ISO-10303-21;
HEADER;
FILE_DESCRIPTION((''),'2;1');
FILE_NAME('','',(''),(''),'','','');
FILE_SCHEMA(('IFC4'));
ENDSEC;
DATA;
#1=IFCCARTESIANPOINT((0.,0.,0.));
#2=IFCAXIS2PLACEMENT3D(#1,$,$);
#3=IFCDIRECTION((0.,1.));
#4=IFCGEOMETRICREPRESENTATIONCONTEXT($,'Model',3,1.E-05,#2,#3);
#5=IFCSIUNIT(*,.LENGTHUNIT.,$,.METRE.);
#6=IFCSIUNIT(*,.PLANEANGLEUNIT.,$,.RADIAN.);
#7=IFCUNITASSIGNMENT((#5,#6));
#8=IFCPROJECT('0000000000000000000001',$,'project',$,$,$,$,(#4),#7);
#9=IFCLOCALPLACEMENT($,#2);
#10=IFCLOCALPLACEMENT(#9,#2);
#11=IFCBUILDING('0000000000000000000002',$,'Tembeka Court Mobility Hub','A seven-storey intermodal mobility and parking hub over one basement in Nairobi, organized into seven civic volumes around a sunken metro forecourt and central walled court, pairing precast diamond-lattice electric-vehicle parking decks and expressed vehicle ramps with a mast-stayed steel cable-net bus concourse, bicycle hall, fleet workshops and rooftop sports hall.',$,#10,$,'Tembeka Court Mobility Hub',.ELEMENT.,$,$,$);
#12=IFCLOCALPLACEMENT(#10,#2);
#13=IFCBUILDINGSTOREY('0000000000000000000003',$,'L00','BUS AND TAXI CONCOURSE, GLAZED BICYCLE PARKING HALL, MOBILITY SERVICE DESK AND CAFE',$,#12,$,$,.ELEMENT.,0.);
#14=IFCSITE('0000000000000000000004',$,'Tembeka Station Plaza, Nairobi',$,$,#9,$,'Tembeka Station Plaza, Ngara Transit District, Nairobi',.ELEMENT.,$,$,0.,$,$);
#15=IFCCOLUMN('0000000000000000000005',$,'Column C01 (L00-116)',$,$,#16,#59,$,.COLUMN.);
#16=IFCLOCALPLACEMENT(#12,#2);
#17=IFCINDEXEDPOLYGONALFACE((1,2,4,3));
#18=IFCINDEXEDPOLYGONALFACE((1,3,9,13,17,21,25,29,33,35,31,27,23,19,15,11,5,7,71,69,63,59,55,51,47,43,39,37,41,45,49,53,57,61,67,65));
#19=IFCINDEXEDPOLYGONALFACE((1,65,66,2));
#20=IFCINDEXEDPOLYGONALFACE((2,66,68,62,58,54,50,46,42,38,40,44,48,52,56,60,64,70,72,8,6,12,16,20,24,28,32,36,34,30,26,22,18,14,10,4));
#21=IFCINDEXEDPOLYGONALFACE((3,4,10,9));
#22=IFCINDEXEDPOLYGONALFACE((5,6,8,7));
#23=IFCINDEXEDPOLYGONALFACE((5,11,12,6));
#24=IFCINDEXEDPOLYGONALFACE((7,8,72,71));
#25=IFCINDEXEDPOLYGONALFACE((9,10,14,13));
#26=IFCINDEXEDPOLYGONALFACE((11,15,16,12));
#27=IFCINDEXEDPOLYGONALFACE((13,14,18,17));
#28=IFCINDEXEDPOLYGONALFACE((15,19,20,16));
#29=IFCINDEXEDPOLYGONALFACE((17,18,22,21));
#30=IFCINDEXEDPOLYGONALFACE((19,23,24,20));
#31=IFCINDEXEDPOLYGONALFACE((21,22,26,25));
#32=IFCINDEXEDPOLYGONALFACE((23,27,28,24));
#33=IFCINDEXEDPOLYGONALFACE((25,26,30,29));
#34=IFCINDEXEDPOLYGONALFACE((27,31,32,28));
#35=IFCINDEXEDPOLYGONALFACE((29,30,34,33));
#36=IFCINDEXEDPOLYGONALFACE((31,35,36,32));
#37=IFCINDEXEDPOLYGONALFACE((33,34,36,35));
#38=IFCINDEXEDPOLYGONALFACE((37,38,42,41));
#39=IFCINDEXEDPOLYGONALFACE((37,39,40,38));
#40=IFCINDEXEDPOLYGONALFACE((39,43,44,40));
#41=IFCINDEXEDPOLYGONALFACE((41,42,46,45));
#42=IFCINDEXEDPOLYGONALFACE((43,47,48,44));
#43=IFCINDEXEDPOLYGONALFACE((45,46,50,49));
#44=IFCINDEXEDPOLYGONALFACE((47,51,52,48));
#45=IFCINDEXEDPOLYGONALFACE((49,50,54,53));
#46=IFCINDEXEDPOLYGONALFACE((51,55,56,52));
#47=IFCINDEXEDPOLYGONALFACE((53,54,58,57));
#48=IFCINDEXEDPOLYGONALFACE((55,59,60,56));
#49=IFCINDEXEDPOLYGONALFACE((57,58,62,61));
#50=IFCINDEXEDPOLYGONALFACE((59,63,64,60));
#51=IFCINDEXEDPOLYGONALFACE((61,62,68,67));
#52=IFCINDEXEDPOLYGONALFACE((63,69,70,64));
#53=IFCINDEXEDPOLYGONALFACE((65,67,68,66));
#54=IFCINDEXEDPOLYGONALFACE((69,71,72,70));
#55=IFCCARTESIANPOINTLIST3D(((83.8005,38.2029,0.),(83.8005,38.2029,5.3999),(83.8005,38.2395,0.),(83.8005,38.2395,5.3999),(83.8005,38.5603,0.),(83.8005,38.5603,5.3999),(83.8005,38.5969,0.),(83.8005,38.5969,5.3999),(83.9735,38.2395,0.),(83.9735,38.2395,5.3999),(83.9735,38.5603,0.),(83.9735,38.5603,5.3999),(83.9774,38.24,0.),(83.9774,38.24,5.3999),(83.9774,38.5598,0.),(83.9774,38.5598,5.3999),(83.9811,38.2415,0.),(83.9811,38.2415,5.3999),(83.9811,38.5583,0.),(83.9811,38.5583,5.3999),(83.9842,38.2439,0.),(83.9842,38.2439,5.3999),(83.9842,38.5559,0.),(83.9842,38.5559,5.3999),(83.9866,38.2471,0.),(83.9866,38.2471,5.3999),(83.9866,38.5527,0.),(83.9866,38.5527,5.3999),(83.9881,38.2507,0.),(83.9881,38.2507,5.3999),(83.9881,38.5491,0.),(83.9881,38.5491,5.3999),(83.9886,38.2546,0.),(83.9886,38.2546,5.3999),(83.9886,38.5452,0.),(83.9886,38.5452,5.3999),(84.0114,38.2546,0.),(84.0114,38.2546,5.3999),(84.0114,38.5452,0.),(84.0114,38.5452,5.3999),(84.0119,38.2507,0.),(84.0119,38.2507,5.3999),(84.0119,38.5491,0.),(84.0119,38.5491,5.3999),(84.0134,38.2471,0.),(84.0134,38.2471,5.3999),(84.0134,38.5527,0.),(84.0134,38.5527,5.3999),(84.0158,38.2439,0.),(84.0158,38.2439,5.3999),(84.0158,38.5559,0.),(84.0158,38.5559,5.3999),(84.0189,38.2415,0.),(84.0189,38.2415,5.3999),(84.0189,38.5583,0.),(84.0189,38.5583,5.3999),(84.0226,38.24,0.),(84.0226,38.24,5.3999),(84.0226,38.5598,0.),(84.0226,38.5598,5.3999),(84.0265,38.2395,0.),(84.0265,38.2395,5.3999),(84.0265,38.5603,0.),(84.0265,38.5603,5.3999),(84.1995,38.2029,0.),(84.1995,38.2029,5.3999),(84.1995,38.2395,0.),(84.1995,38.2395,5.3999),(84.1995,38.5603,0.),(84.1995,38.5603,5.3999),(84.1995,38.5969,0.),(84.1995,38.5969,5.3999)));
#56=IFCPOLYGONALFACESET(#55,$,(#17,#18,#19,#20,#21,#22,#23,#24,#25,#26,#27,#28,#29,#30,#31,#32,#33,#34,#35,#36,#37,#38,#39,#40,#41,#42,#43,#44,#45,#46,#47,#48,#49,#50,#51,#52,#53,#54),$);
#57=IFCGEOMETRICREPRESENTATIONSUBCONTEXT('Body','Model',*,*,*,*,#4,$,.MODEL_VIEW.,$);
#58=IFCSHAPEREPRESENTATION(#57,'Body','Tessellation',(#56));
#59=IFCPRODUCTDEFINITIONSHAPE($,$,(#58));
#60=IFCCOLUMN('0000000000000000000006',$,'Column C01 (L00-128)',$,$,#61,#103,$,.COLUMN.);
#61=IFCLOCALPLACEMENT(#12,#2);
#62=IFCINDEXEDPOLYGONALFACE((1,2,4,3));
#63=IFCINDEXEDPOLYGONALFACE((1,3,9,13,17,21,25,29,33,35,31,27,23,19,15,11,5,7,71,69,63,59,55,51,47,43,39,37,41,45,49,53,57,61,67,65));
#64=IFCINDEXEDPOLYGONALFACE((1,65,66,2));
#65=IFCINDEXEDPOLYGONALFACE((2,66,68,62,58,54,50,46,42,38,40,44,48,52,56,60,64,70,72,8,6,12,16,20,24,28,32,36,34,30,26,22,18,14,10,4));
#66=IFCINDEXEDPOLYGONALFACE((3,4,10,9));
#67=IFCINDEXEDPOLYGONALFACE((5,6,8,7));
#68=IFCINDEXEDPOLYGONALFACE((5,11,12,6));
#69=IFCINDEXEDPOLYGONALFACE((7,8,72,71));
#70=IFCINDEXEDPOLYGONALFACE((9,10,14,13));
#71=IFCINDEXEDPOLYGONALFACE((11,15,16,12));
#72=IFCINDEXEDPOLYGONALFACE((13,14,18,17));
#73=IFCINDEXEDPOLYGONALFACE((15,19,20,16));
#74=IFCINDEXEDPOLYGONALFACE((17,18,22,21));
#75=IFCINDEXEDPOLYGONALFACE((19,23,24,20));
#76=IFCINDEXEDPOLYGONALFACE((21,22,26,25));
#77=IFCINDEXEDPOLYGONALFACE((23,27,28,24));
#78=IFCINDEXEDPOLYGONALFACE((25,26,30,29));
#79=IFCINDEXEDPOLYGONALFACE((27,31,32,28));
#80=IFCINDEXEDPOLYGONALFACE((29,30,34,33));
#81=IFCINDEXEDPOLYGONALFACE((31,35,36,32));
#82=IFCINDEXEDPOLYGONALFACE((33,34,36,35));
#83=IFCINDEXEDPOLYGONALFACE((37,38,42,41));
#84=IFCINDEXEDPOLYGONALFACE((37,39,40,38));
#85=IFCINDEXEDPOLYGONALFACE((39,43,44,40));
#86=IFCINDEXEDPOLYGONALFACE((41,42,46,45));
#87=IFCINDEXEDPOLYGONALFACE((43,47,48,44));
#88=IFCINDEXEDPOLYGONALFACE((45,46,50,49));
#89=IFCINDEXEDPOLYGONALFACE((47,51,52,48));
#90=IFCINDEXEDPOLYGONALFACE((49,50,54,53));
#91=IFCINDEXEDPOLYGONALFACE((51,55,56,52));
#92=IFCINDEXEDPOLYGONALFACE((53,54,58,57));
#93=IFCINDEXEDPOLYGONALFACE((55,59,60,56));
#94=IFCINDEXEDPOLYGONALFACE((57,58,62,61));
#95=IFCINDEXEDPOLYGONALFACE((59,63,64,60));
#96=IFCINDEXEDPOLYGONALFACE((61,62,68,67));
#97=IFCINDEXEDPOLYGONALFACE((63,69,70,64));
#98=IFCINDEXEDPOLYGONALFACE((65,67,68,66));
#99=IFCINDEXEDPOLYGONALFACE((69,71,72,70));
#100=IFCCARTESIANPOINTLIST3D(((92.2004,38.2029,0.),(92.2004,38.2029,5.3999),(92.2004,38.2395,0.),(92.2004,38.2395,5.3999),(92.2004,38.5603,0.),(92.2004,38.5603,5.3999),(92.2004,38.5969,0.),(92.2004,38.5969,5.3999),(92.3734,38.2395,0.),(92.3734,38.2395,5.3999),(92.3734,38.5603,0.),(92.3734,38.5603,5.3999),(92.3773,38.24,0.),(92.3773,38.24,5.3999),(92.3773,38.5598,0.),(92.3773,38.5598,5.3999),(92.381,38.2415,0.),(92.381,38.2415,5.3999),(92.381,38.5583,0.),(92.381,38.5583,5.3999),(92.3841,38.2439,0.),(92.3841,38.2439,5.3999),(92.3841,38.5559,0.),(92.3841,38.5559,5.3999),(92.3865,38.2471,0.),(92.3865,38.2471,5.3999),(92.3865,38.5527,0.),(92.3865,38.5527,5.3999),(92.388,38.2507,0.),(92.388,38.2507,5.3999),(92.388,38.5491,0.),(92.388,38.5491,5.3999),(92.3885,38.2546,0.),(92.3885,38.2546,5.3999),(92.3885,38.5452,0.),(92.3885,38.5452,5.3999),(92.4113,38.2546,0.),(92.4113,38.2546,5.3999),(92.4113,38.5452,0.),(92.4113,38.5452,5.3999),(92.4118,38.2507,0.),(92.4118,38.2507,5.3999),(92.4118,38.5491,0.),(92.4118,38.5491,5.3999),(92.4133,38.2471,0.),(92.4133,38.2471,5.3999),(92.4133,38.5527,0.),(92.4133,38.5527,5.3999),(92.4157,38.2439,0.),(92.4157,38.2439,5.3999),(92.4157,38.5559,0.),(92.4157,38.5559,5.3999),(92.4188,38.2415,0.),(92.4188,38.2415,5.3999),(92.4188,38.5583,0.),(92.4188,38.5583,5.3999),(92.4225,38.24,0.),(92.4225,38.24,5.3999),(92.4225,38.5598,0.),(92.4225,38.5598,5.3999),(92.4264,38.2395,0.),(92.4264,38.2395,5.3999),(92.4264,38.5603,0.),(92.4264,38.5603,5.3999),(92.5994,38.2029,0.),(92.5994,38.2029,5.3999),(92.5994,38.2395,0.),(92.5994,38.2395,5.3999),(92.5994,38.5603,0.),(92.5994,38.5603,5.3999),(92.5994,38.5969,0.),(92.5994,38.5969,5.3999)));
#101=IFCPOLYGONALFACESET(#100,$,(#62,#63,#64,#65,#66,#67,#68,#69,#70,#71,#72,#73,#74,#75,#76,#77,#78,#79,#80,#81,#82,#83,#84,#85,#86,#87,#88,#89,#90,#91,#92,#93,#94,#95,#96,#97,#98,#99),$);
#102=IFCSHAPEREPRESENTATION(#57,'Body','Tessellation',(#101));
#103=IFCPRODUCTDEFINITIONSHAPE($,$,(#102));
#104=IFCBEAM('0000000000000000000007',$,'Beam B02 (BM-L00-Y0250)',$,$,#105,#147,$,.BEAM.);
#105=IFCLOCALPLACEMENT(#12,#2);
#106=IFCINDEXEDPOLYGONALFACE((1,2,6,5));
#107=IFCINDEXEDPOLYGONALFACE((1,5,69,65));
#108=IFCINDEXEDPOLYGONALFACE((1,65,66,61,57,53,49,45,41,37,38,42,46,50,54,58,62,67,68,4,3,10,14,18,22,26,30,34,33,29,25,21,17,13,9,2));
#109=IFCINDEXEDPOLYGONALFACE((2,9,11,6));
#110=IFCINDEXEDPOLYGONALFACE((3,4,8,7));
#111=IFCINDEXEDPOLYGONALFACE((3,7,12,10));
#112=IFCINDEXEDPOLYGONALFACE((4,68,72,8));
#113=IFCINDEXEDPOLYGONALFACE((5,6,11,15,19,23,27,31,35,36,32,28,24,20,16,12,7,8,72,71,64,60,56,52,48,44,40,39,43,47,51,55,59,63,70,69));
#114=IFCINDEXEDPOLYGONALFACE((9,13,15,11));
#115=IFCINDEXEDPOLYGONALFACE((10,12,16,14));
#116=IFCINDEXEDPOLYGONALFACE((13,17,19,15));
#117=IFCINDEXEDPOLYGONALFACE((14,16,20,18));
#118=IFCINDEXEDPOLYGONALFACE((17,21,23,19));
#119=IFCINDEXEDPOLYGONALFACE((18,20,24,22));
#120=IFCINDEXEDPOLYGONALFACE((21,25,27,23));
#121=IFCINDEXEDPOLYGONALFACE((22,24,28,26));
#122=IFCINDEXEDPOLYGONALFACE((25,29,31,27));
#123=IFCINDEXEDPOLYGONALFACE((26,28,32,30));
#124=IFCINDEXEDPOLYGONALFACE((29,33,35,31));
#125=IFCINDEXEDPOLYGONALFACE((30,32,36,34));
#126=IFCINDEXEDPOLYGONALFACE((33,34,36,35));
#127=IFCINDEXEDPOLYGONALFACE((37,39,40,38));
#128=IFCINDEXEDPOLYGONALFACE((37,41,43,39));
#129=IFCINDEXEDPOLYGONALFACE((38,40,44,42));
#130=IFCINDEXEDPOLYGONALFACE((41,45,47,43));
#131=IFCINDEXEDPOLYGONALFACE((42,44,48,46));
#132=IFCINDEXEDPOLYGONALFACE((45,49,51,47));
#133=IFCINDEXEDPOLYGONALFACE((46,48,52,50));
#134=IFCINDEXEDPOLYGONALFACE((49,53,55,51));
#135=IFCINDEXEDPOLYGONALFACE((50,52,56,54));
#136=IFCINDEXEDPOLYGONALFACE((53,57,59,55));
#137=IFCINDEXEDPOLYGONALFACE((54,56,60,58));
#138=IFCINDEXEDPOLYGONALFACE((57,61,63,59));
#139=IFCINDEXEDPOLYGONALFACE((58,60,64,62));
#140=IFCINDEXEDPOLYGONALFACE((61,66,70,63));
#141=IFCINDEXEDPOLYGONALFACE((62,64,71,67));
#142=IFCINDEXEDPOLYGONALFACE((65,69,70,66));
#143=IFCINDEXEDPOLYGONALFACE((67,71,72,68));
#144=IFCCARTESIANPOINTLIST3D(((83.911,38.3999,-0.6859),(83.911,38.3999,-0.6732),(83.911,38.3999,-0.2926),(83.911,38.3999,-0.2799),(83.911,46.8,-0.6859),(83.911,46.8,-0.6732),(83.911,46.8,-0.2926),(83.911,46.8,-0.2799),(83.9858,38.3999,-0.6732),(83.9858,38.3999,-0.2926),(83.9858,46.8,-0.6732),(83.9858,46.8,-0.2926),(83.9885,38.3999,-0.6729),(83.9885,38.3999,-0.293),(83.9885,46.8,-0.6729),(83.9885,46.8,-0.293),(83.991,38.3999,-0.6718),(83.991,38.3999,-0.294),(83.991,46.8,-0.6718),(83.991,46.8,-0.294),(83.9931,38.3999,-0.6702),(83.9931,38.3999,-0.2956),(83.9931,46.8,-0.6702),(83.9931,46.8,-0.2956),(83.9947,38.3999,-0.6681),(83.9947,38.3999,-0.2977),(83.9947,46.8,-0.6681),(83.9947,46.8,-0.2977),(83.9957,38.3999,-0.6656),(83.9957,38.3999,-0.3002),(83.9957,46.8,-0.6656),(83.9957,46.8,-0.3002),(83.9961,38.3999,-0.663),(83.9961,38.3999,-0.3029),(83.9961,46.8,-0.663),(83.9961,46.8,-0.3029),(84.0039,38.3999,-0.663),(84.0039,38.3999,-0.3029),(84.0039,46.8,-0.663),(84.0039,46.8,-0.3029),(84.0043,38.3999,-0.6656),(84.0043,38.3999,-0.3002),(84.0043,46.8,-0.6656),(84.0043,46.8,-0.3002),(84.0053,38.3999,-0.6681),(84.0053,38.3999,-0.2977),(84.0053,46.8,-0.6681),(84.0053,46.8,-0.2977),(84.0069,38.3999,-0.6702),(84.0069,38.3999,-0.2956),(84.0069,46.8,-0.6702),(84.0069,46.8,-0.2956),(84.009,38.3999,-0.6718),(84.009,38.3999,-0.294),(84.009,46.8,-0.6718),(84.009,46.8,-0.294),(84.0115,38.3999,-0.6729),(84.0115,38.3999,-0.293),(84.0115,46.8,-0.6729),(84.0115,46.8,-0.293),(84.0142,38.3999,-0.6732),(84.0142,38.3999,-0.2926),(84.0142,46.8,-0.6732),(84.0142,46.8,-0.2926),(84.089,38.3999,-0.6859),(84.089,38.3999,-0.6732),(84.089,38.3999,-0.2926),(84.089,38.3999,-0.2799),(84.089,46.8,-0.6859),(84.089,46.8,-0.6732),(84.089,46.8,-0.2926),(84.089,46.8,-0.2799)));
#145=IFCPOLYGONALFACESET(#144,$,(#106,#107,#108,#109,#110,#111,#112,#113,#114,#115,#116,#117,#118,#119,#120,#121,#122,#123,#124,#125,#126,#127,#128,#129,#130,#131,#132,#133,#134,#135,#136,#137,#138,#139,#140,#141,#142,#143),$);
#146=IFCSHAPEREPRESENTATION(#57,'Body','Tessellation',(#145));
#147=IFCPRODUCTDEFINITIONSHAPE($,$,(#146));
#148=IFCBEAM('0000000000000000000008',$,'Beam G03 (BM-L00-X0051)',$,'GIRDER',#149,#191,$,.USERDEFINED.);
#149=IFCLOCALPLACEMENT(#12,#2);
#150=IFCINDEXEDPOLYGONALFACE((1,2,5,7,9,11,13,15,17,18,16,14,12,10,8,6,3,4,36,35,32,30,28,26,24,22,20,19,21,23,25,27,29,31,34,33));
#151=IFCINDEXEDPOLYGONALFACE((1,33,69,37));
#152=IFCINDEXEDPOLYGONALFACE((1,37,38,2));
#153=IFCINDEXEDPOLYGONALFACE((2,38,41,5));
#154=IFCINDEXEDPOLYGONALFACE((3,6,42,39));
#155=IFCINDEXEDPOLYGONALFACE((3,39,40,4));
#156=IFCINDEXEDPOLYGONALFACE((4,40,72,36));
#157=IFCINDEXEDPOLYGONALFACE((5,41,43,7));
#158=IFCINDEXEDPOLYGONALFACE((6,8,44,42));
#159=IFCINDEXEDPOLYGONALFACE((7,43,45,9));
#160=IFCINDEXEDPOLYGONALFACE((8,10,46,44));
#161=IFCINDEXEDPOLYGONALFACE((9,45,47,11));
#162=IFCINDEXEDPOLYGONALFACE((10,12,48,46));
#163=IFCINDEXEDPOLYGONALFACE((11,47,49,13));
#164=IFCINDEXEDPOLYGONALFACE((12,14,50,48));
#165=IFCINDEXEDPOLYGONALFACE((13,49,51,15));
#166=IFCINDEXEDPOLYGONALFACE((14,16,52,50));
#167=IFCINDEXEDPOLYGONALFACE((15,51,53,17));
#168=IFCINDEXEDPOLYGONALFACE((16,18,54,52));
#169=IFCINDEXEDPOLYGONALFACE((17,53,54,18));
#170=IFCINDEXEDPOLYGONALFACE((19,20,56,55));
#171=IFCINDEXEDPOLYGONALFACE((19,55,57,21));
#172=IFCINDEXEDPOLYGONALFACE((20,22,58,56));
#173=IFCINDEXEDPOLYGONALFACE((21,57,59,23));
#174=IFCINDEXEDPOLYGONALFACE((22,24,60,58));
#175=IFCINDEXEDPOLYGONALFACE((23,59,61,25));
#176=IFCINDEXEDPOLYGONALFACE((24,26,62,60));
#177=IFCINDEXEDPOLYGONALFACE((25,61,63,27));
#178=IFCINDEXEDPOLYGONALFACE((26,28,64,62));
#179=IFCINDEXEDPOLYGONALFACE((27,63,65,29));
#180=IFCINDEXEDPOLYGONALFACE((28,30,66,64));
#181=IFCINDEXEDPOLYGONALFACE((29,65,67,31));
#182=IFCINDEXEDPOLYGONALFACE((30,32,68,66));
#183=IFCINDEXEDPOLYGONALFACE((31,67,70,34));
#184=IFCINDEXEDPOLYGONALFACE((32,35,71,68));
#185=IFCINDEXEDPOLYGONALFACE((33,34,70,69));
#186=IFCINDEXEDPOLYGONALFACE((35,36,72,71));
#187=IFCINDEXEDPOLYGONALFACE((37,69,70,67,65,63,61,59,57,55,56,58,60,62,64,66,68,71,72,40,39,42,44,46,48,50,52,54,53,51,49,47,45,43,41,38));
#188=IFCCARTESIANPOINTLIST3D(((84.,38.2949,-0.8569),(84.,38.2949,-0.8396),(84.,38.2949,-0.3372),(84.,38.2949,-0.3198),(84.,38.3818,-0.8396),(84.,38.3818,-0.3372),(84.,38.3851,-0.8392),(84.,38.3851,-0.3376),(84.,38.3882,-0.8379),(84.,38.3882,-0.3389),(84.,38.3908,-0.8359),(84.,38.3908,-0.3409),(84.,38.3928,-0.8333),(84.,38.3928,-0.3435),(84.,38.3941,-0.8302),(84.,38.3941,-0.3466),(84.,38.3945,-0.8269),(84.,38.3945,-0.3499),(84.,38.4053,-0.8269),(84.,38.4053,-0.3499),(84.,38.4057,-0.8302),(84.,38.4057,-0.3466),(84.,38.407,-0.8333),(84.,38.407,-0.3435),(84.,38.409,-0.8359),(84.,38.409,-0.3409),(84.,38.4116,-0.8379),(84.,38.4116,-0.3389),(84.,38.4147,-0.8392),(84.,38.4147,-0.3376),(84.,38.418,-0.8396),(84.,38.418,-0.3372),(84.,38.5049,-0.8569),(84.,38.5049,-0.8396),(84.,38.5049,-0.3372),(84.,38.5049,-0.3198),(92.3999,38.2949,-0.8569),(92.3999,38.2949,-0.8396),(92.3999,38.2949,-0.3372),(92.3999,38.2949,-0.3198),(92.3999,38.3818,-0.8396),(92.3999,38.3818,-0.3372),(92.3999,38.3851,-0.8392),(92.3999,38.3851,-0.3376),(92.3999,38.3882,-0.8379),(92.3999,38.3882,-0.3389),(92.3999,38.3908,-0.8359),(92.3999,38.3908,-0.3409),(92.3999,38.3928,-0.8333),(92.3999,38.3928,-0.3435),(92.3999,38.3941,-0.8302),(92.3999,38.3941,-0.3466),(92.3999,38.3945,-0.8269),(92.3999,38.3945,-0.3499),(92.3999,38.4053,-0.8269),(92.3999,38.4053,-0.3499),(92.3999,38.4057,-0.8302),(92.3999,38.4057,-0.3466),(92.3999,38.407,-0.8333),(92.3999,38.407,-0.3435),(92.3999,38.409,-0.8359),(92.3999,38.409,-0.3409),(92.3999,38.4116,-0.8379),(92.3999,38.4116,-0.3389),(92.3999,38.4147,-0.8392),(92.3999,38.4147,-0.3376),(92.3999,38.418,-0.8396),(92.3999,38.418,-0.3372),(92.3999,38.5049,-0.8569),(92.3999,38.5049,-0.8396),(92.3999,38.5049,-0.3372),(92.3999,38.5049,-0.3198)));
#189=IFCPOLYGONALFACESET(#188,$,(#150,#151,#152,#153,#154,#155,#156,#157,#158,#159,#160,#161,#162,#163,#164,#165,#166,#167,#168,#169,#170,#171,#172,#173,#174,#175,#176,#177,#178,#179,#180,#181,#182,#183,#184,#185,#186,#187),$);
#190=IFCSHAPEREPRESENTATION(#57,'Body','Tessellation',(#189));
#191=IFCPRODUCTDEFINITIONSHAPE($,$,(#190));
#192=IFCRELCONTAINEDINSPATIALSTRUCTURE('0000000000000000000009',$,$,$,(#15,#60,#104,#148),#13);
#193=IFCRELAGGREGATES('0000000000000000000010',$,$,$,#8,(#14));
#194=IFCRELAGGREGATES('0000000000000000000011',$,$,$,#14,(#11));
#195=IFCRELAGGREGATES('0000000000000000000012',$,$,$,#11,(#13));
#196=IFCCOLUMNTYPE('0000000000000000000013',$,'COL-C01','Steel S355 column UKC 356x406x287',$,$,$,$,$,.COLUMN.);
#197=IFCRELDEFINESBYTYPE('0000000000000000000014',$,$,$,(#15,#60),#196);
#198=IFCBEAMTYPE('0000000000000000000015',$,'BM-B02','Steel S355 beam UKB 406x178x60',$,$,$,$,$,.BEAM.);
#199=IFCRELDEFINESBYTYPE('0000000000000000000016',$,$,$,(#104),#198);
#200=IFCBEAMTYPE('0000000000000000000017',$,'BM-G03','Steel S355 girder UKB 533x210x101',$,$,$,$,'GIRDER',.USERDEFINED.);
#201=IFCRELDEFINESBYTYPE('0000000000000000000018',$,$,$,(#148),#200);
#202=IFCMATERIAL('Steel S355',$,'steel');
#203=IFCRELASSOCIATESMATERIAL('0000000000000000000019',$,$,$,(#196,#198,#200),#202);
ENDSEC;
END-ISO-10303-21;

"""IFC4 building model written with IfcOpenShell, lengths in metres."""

from ifc_helpers import new_model, si_unit, direction, frame, origin, origin_2d, place, context, subcontext, project, spatial, i_section, extrude, material, material_profile, profile_set, type_object, element, save


model = new_model("IFC4")

# Units and contexts
model_context = context("Model", 3, precision=1e-05, world=origin(), true_north=direction((0.0, 1.0)))
body_context = subcontext(model_context, "Body", "Model", "MODEL_VIEW")
ifc_project = project(units=[si_unit("LENGTHUNIT", "METRE"), si_unit("PLANEANGLEUNIT", "RADIAN")], contexts=[model_context])

# Site, building, storey
site_placement = place(None, origin())
site = spatial("IfcSite", under=ifc_project, at=site_placement, Name="Tembeka Station Plaza, Nairobi", LongName="Tembeka Station Plaza, Ngara Transit District, Nairobi", CompositionType="ELEMENT", RefElevation=0.0)
building_placement = place(site_placement, origin())
building = spatial("IfcBuilding", under=site, at=building_placement, Name="Tembeka Court Mobility Hub", Description="A seven-storey intermodal mobility and parking hub over one basement in Nairobi, organized into seven civic volumes around a sunken metro forecourt and central walled court, pairing precast diamond-lattice electric-vehicle parking decks and expressed vehicle ramps with a mast-stayed steel cable-net bus concourse, bicycle hall, fleet workshops and rooftop sports hall.", LongName="Tembeka Court Mobility Hub", CompositionType="ELEMENT")
storey_placement = place(building_placement, origin())
storey = spatial("IfcBuildingStorey", under=building, at=storey_placement, Name="L00", Description="BUS AND TAXI CONCOURSE, GLAZED BICYCLE PARKING HALL, MOBILITY SERVICE DESK AND CAFE", CompositionType="ELEMENT", Elevation=0.0)

# Columns
ifc_material_1 = material(Name="Steel S355", Category="steel")
ifc_material_profile_1 = material_profile(ifc_material_1, i_section(OverallWidth=0.3989, OverallDepth=0.394, WebThickness=0.0227, FlangeThickness=0.0366, FilletRadius=0.0151, at=origin_2d()), Name="UKC 356x406x287")
ifc_profile_set_1 = profile_set([ifc_material_profile_1], Name="Steel S355")
column_type = type_object("IfcColumnType", Name="COL-C01", Description="Steel S355 column UKC 356x406x287", PredefinedType="COLUMN", material=ifc_profile_set_1)
for number, where, z_axis, x_axis, name in (
    (1, (84.0, 38.3999, 0.0), (0.0, 0.0, 1.0), (1.0, 0.0, 0.0), "Column C01 (L00-116)"),
    (2, (92.3999, 38.3999, 0.0), (0.0, 0.0, 1.0), (1.0, 0.0, 0.0), "Column C01 (L00-128)"),
):
    element("IfcColumn", number, at=place(storey_placement, frame(where, z_axis=z_axis, x_axis=x_axis)), inside=storey, type_object=column_type, Name=name, PredefinedType="COLUMN", context=body_context, shape_type="SweptSolid", body=[
        extrude(i_section(OverallWidth=0.3989, OverallDepth=0.394, WebThickness=0.0227, FlangeThickness=0.0366, FilletRadius=0.0151, at=origin_2d()), origin(), (0.0, 0.0, 1.0), 5.3999),
    ])

# Beams
ifc_material_profile_2 = material_profile(ifc_material_1, i_section(OverallWidth=0.178, OverallDepth=0.406, WebThickness=0.0078, FlangeThickness=0.0127, FilletRadius=0.0103, at=origin_2d()), Name="UKB 406x178x60")
ifc_profile_set_2 = profile_set([ifc_material_profile_2], Name="Steel S355")
beam_type_1 = type_object("IfcBeamType", Name="BM-B02", Description="Steel S355 beam UKB 406x178x60", PredefinedType="BEAM", material=ifc_profile_set_2)
beam_1_placement = place(storey_placement, frame((84.0, 38.3999, -0.4829), z_axis=(0.0, 1.0, 0.0), x_axis=(-1.0, 0.0, 0.0)))
element("IfcBeam", 3, at=beam_1_placement, inside=storey, type_object=beam_type_1, Name="Beam B02 (BM-L00-Y0250)", PredefinedType="BEAM", context=body_context, shape_type="SweptSolid", body=[
    extrude(i_section(OverallWidth=0.178, OverallDepth=0.406, WebThickness=0.0078, FlangeThickness=0.0127, FilletRadius=0.0103, at=origin_2d()), origin(), (0.0, 0.0, 1.0), 8.4001),
])
ifc_material_profile_3 = material_profile(ifc_material_1, i_section(OverallWidth=0.21, OverallDepth=0.5371, WebThickness=0.0107, FlangeThickness=0.0173, FilletRadius=0.0127, at=origin_2d()), Name="UKB 533x210x101")
ifc_profile_set_3 = profile_set([ifc_material_profile_3], Name="Steel S355")
beam_type_2 = type_object("IfcBeamType", Name="BM-G03", Description="Steel S355 girder UKB 533x210x101", ElementType="GIRDER", PredefinedType="USERDEFINED", material=ifc_profile_set_3)
beam_2_placement = place(storey_placement, frame((84.0, 38.3999, -0.5884), z_axis=(1.0, 0.0, 0.0), x_axis=(0.0, 1.0, 0.0)))
element("IfcBeam", 4, at=beam_2_placement, inside=storey, type_object=beam_type_2, Name="Beam G03 (BM-L00-X0051)", ObjectType="GIRDER", PredefinedType="USERDEFINED", context=body_context, shape_type="SweptSolid", body=[
    extrude(i_section(OverallWidth=0.21, OverallDepth=0.5371, WebThickness=0.0107, FlangeThickness=0.0173, FilletRadius=0.0127, at=origin_2d()), origin(), (0.0, 0.0, 1.0), 8.3999),
])

save(model, "model.ifc")
